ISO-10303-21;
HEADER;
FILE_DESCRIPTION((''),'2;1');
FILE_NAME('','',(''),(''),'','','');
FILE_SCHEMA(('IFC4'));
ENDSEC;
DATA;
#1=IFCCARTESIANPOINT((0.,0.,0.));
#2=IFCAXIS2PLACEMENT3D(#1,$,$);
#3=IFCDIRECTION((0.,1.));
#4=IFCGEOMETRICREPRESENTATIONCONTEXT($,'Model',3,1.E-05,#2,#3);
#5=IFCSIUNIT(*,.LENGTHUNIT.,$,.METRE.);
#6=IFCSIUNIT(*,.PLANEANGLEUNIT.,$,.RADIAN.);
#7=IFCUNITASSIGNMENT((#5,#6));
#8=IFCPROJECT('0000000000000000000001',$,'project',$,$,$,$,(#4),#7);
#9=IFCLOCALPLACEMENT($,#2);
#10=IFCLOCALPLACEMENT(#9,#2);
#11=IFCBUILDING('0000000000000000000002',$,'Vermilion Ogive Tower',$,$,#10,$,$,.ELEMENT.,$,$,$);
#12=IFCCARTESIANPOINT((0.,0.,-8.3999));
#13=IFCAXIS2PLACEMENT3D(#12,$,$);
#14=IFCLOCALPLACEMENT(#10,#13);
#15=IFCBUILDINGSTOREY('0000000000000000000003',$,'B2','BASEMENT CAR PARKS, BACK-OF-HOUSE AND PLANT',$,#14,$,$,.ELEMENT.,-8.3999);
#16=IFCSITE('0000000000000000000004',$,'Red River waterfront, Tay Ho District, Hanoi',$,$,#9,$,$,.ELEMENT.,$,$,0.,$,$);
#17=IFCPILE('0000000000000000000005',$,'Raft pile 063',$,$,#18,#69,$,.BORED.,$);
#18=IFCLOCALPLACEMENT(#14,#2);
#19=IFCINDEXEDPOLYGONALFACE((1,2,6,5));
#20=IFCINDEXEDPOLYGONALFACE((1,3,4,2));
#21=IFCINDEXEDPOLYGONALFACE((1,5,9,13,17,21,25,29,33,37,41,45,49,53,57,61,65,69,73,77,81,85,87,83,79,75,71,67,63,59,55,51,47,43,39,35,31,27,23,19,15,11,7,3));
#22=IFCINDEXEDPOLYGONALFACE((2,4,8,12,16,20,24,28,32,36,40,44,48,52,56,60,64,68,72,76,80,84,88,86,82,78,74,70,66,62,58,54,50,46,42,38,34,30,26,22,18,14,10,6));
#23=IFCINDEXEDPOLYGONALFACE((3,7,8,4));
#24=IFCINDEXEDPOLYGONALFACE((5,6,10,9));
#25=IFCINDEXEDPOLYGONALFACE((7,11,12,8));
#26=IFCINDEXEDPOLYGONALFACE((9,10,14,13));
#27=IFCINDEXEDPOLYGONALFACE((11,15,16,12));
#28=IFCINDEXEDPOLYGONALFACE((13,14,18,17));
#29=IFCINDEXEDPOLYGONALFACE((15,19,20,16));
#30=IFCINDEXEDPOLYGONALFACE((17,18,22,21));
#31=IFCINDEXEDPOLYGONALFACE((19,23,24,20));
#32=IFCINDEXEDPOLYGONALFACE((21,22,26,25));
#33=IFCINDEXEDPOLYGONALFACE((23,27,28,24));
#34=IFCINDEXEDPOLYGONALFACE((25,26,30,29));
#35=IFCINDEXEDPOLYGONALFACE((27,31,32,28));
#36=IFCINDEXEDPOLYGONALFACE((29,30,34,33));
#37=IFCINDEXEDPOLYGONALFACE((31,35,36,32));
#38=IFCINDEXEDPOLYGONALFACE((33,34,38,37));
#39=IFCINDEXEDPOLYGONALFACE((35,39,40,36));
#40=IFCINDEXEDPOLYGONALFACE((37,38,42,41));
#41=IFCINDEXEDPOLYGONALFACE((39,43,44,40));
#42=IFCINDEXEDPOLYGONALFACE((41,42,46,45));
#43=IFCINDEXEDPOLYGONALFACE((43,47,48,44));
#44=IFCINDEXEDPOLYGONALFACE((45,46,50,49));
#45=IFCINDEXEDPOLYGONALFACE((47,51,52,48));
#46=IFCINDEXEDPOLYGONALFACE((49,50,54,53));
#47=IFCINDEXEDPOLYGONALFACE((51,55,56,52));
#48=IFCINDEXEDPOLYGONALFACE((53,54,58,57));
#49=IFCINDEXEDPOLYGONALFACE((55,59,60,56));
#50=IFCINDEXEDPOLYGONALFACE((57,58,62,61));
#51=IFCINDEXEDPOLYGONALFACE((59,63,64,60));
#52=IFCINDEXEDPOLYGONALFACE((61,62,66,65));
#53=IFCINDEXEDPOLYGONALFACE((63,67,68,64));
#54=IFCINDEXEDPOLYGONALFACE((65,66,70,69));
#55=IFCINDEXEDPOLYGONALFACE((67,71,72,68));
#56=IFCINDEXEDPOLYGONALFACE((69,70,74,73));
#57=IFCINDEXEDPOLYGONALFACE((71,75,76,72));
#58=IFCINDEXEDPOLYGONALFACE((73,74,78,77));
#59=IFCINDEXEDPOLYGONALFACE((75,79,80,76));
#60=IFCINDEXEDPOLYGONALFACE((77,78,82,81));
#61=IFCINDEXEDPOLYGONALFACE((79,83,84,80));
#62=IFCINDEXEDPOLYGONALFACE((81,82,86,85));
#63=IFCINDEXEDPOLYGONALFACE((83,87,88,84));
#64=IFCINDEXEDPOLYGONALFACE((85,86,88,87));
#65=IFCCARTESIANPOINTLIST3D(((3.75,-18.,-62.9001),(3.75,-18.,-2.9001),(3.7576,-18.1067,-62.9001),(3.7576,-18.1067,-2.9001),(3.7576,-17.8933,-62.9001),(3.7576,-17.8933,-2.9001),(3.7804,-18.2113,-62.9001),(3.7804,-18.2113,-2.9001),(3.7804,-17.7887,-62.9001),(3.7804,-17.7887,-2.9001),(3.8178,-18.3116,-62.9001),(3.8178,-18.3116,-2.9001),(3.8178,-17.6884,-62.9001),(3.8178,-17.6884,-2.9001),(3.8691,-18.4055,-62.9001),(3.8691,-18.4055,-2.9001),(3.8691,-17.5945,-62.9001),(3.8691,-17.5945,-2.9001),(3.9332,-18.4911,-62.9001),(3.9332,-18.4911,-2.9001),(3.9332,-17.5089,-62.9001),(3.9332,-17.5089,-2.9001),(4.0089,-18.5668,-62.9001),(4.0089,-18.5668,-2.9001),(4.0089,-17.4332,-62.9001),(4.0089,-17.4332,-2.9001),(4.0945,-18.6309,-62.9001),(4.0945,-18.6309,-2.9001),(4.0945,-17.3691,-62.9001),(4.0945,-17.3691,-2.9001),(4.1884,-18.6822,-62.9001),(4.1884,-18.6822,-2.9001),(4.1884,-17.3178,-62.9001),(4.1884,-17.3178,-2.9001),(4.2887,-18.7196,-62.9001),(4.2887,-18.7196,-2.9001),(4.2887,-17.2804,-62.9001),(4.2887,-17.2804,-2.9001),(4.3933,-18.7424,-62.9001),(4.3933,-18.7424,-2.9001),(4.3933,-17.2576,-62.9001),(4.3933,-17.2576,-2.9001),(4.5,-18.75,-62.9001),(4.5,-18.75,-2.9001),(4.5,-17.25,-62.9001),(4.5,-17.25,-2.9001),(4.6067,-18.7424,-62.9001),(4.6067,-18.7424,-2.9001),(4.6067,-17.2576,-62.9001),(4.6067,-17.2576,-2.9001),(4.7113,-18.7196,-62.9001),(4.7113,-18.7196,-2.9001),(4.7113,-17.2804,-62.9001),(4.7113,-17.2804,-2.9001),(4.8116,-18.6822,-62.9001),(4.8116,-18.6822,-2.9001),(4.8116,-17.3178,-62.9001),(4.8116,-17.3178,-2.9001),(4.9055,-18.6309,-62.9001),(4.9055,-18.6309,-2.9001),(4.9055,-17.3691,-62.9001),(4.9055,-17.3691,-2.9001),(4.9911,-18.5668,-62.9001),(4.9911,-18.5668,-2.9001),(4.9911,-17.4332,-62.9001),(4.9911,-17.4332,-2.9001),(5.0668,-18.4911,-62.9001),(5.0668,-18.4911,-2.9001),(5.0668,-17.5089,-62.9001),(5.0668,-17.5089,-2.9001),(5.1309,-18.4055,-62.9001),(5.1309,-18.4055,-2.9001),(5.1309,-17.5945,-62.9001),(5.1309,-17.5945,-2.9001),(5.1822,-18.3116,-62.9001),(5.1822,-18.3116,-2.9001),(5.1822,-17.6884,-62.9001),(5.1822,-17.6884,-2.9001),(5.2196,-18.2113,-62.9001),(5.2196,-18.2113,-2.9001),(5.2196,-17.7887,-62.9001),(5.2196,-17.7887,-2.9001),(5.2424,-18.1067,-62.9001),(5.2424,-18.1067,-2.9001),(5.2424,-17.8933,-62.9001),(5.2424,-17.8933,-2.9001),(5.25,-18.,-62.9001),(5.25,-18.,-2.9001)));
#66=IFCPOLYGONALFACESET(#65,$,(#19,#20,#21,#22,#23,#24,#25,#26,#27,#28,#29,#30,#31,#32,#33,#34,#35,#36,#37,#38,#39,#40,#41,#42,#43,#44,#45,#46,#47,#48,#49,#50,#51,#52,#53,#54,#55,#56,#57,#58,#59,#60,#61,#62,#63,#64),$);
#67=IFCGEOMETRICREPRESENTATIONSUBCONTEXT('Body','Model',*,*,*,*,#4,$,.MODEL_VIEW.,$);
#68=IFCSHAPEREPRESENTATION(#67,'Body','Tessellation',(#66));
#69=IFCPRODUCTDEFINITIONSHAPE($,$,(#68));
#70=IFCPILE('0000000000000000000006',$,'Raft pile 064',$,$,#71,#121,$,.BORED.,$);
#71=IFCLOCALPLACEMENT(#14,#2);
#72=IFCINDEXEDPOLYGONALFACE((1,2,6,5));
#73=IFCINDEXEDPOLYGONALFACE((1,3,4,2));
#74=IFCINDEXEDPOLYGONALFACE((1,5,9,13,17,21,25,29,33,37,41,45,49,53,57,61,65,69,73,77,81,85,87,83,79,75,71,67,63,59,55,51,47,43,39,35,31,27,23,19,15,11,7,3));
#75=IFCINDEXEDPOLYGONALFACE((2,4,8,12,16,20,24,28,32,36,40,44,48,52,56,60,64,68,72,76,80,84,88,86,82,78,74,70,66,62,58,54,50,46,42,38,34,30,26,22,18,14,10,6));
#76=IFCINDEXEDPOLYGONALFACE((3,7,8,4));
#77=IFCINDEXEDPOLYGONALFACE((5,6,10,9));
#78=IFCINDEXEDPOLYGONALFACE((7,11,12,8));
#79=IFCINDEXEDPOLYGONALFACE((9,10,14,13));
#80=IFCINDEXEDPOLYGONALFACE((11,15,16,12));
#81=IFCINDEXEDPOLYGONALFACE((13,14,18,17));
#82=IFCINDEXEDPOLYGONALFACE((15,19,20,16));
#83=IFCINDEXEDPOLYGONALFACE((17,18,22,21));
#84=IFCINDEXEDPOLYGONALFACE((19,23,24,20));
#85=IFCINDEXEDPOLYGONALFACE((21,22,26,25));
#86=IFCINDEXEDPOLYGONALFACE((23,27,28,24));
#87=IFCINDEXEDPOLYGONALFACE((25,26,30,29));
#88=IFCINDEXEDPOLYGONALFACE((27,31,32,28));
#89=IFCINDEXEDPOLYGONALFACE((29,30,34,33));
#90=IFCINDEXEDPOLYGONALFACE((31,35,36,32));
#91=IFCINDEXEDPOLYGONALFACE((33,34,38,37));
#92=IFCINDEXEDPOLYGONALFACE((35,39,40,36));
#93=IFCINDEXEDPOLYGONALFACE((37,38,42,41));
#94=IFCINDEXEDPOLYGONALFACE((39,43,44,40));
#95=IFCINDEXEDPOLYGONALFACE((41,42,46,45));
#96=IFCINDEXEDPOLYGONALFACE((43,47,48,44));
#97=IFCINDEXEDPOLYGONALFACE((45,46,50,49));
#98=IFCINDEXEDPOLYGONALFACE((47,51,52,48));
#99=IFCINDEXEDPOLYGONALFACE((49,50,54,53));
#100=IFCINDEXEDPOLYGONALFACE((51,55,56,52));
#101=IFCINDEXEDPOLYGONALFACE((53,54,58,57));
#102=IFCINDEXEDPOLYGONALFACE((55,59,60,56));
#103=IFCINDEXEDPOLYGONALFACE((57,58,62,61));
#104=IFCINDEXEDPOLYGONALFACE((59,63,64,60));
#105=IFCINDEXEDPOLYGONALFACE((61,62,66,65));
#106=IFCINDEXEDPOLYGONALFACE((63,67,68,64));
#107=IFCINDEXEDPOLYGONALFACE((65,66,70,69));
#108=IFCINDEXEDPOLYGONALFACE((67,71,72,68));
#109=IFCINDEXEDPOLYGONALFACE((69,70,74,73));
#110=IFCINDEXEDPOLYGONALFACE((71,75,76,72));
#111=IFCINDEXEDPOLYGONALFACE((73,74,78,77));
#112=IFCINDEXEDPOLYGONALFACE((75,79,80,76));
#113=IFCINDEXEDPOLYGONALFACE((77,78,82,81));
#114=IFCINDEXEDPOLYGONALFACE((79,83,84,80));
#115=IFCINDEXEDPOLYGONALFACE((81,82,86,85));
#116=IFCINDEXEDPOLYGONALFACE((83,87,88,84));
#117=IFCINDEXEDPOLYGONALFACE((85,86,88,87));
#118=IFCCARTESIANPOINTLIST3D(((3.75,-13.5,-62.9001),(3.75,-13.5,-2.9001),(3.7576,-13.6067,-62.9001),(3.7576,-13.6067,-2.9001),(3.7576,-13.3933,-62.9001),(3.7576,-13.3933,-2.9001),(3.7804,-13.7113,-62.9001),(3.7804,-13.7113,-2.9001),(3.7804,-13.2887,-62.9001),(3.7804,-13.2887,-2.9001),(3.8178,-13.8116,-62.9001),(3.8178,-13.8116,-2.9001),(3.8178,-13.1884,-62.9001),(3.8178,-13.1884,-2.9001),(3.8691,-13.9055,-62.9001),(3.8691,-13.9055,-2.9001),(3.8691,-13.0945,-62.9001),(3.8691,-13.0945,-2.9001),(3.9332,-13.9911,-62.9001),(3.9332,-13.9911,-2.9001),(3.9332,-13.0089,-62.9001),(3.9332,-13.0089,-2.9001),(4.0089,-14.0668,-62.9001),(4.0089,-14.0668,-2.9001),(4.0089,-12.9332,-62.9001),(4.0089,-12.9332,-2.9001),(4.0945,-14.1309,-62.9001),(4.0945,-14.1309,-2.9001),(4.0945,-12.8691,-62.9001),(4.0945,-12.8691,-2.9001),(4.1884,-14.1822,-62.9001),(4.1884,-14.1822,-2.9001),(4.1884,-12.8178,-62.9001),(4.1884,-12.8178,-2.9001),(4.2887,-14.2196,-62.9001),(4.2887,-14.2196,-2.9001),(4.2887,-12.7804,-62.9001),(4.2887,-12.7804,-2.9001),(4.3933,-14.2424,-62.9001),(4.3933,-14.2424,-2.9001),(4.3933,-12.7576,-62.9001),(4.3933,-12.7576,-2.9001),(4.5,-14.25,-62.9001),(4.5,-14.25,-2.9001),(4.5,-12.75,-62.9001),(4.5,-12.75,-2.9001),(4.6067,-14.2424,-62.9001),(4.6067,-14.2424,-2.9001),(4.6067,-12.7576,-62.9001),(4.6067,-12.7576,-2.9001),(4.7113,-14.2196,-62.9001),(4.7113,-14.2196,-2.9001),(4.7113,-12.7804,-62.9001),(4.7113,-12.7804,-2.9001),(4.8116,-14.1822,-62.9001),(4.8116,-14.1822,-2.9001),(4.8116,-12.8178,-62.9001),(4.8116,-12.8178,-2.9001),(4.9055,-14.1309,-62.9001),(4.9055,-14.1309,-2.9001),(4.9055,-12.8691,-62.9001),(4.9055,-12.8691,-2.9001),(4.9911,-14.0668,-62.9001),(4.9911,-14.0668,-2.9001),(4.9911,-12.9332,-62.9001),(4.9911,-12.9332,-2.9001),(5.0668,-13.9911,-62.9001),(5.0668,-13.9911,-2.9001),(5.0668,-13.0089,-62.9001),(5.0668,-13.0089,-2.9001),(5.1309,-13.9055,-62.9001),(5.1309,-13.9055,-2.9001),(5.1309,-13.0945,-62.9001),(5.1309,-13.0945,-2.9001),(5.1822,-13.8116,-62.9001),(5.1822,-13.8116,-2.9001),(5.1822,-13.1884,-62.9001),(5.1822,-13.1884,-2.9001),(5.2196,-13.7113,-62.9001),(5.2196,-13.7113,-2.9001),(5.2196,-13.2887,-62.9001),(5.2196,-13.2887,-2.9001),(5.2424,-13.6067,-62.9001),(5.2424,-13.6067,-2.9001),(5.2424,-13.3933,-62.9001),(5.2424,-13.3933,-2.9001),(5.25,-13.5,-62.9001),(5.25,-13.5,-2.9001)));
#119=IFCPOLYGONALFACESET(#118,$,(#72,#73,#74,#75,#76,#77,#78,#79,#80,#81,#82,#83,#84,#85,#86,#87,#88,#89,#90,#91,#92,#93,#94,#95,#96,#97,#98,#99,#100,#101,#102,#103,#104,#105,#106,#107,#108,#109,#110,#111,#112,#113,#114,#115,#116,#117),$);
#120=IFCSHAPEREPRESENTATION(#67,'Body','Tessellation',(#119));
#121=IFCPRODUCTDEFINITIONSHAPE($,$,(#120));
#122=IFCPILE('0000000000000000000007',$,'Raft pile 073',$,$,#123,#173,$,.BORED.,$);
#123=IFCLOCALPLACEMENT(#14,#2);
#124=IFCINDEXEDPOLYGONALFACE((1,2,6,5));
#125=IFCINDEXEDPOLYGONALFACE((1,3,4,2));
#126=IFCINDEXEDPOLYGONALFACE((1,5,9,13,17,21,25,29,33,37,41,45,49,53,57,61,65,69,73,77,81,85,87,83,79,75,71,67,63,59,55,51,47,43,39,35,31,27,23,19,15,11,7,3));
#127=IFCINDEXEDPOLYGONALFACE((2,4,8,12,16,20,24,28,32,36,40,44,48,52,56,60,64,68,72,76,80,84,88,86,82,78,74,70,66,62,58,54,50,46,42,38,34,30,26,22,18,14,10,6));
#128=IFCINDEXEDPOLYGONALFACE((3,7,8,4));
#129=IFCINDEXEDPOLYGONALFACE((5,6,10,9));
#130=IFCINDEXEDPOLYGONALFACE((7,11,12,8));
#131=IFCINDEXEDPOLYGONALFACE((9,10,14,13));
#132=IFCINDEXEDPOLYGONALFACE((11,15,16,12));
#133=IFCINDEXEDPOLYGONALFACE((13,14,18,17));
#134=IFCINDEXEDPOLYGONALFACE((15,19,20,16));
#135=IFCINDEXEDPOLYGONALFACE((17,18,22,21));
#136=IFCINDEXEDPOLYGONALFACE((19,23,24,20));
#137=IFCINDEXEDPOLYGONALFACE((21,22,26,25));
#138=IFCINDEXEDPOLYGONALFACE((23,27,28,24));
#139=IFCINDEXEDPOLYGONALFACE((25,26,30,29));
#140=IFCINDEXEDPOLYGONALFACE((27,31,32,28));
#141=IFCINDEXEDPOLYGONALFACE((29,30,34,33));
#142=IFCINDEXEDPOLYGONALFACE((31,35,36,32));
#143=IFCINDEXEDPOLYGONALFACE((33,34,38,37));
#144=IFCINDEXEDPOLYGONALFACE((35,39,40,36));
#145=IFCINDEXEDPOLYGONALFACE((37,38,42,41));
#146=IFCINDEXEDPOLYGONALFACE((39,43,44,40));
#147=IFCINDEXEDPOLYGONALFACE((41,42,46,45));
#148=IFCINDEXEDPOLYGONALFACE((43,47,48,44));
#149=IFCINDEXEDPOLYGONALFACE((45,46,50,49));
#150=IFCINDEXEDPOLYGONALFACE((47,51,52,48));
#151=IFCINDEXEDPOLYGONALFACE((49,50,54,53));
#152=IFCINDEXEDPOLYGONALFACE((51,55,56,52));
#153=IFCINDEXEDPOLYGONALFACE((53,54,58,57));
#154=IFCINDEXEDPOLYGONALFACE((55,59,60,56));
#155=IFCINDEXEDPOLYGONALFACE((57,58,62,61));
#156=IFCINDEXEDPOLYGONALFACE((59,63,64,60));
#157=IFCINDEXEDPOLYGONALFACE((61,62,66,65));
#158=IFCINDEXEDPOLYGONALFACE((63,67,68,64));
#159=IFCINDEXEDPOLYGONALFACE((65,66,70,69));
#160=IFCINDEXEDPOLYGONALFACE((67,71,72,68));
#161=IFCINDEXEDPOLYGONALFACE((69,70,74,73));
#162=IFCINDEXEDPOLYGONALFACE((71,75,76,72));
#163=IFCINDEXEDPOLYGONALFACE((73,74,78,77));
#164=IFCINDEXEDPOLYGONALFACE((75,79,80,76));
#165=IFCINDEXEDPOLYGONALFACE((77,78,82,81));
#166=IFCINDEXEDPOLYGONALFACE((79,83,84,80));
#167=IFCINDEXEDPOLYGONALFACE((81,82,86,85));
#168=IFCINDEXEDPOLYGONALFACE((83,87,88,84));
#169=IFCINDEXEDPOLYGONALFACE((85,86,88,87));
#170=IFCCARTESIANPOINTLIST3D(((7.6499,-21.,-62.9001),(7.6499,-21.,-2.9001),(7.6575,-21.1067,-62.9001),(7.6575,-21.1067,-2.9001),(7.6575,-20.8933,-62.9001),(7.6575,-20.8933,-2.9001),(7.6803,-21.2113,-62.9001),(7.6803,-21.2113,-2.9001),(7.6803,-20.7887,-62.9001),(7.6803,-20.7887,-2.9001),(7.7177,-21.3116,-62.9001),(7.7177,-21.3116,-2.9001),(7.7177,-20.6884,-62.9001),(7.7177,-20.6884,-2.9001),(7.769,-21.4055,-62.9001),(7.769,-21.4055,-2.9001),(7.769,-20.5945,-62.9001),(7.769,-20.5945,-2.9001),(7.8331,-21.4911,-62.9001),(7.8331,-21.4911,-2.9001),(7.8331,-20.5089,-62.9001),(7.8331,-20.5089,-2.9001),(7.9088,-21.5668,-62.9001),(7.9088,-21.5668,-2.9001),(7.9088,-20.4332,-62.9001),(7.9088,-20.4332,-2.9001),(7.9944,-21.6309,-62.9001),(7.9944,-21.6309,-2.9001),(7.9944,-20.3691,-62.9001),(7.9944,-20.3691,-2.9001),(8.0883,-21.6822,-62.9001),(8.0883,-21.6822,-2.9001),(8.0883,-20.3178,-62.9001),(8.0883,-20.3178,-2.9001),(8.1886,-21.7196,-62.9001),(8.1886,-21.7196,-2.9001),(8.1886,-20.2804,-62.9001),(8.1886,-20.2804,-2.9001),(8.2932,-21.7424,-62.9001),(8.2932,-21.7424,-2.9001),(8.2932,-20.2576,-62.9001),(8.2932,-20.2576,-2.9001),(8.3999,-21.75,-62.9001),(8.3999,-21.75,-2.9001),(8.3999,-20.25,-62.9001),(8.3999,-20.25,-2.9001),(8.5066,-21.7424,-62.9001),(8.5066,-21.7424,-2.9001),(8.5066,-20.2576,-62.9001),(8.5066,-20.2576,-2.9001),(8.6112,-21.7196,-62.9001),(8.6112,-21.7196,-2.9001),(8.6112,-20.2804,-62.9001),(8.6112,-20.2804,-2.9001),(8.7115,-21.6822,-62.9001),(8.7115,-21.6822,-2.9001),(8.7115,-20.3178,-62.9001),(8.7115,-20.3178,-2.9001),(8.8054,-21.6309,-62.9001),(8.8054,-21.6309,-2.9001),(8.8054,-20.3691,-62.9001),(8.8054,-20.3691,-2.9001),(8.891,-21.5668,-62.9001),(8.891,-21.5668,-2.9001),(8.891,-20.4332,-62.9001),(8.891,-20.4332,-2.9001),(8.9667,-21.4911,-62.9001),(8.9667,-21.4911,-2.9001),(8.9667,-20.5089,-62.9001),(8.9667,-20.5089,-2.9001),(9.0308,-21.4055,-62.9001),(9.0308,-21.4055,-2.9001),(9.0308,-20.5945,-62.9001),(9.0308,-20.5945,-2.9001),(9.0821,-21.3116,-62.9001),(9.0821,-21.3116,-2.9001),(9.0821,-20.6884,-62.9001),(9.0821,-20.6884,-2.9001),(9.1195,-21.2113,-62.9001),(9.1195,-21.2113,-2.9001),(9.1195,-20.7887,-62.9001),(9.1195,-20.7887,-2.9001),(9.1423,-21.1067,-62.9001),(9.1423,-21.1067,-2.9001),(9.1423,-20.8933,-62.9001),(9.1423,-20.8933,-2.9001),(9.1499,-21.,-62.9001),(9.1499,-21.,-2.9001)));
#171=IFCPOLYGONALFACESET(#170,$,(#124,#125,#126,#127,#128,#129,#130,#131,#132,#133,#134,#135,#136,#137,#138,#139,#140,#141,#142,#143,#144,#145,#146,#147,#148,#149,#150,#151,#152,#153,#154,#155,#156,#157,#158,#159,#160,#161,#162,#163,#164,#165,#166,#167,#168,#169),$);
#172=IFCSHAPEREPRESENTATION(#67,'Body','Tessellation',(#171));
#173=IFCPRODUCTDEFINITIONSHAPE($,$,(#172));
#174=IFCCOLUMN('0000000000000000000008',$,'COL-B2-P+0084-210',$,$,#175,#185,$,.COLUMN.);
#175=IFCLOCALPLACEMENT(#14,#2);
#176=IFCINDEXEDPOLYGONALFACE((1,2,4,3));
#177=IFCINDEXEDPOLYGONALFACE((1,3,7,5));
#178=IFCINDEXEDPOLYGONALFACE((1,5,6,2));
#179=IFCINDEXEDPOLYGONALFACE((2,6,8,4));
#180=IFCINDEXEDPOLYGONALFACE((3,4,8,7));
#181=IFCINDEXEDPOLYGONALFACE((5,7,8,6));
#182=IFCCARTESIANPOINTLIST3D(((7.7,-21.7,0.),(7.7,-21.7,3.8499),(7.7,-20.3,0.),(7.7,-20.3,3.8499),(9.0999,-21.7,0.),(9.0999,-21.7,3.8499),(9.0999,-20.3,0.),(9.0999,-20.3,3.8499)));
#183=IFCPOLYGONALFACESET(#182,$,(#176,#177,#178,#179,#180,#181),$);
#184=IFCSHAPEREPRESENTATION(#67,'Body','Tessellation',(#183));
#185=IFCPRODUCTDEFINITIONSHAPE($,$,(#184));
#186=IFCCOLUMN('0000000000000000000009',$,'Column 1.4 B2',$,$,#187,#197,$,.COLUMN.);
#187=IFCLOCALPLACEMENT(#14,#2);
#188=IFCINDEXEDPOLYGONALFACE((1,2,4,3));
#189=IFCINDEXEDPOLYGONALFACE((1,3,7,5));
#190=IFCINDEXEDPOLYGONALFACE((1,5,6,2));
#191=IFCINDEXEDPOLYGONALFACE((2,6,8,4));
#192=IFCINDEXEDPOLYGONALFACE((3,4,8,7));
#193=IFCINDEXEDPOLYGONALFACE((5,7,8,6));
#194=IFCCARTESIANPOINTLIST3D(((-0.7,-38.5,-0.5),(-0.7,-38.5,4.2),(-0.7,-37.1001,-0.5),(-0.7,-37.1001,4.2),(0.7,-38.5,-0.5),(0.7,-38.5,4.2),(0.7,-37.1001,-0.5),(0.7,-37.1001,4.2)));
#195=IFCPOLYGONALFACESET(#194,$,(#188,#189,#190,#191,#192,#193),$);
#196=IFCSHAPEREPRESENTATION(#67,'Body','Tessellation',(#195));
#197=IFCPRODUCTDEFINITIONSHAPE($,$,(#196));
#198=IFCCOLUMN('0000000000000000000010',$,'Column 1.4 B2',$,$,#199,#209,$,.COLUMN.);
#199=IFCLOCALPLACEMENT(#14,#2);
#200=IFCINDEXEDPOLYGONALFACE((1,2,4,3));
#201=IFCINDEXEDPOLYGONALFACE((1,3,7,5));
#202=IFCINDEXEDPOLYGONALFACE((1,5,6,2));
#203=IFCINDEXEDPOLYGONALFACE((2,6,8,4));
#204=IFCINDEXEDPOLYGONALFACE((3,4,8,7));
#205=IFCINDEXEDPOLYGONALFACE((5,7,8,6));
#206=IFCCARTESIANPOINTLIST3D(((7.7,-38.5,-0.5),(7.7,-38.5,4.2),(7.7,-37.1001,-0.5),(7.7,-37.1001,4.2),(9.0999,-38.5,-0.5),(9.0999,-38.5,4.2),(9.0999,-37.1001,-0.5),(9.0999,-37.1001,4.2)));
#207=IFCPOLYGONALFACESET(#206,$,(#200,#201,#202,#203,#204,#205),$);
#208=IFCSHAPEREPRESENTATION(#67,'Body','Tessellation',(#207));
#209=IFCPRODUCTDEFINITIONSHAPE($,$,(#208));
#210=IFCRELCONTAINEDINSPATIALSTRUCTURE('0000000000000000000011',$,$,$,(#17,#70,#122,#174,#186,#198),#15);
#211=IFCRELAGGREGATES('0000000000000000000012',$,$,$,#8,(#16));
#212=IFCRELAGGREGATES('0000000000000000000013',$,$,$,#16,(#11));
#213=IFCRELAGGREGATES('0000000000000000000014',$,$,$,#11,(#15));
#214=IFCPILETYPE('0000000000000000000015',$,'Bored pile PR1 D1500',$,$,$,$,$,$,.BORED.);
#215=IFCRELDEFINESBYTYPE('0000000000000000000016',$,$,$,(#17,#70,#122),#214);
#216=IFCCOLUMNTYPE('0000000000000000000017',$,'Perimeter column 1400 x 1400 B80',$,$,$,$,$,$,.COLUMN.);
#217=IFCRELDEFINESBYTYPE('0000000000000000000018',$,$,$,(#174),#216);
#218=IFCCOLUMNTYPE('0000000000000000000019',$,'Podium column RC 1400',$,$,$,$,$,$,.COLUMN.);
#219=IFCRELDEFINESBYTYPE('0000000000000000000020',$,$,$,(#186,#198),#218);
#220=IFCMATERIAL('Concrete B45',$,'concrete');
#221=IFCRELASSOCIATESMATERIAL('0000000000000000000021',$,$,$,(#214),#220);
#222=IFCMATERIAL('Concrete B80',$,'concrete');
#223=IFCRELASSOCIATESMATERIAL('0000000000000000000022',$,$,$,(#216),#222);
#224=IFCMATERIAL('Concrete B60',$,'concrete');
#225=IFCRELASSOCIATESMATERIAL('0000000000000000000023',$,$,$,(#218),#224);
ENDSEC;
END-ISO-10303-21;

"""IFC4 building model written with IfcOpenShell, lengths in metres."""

from ifc_helpers import new_model, si_unit, direction, frame, origin, origin_2d, place, context, subcontext, project, spatial, rectangle, circle, extrude, material, material_profile, profile_set, type_object, element, save


model = new_model("IFC4")

# Units and contexts
model_context = context("Model", 3, precision=1e-05, world=origin(), true_north=direction((0.0, 1.0)))
body_context = subcontext(model_context, "Body", "Model", "MODEL_VIEW")
ifc_project = project(units=[si_unit("LENGTHUNIT", "METRE"), si_unit("PLANEANGLEUNIT", "RADIAN")], contexts=[model_context])

# Site, building, storey
site_placement = place(None, origin())
site = spatial("IfcSite", under=ifc_project, at=site_placement, Name="Red River waterfront, Tay Ho District, Hanoi", CompositionType="ELEMENT", RefElevation=0.0)
building_placement = place(site_placement, origin())
building = spatial("IfcBuilding", under=site, at=building_placement, Name="Vermilion Ogive Tower", CompositionType="ELEMENT")
storey_placement = place(building_placement, frame((0.0, 0.0, -8.3999)))
storey = spatial("IfcBuildingStorey", under=building, at=storey_placement, Name="B2", Description="BASEMENT CAR PARKS, BACK-OF-HOUSE AND PLANT", CompositionType="ELEMENT", Elevation=-8.3999)

# Piles
ifc_material_1 = material(Name="Concrete B45", Category="concrete")
pile_type_1 = type_object("IfcPileType", Name="Bored pile PR1 D1500", PredefinedType="BORED", material=ifc_material_1)
for number, where, z_axis, x_axis, name in (
    (1, (4.5, -18.0, -2.9001), (0.0, 0.0, -1.0), (1.0, 0.0, 0.0), "Raft pile 063"),
    (2, (4.5, -13.5, -2.9001), (0.0, 0.0, -1.0), (1.0, 0.0, 0.0), "Raft pile 064"),
    (3, (8.3999, -21.0, -2.9001), (0.0, 0.0, -1.0), (1.0, 0.0, 0.0), "Raft pile 073"),
):
    element("IfcPile", number, at=place(storey_placement, frame(where, z_axis=z_axis, x_axis=x_axis)), inside=storey, type_object=pile_type_1, Name=name, PredefinedType="BORED", context=body_context, shape_type="SweptSolid", body=[
        extrude(circle(Radius=0.75, at=origin_2d()), origin(), (0.0, 0.0, 1.0), 60.0),
    ])

# Columns
ifc_material_2 = material(Name="Concrete B80", Category="concrete")
ifc_material_profile_1 = material_profile(ifc_material_2, rectangle(XDim=1.3999, YDim=1.3999, at=origin_2d()), Name="1400 x 1400")
ifc_profile_set_1 = profile_set([ifc_material_profile_1], Name="Concrete B80")
column_type_1 = type_object("IfcColumnType", Name="Perimeter column 1400 x 1400 B80", PredefinedType="COLUMN", material=ifc_profile_set_1)
column_placement = place(storey_placement, frame((8.3999, -21.0, 0.0), z_axis=(0.0, 0.0, 1.0), x_axis=(1.0, 0.0, 0.0)))
element("IfcColumn", 4, at=column_placement, inside=storey, type_object=column_type_1, Name="COL-B2-P+0084-210", PredefinedType="COLUMN", context=body_context, shape_type="SweptSolid", body=[
    extrude(rectangle(XDim=1.3999, YDim=1.3999, at=origin_2d()), origin(), (0.0, 0.0, 1.0), 3.8499),
])
ifc_material_3 = material(Name="Concrete B60", Category="concrete")
ifc_material_profile_2 = material_profile(ifc_material_3, rectangle(XDim=1.3999, YDim=1.3999, at=origin_2d()), Name="RC 1400x1400")
ifc_profile_set_2 = profile_set([ifc_material_profile_2], Name="Concrete B60")
column_type_2 = type_object("IfcColumnType", Name="Podium column RC 1400", PredefinedType="COLUMN", material=ifc_profile_set_2)
for number, where, z_axis, x_axis, name in (
    (5, (0.0, -37.8, -0.5), (0.0, 0.0, 1.0), (1.0, 0.0, 0.0), "Column 1.4 B2"),
    (6, (8.3999, -37.8, -0.5), (0.0, 0.0, 1.0), (1.0, 0.0, 0.0), "Column 1.4 B2"),
):
    element("IfcColumn", number, at=place(storey_placement, frame(where, z_axis=z_axis, x_axis=x_axis)), inside=storey, type_object=column_type_2, Name=name, PredefinedType="COLUMN", context=body_context, shape_type="SweptSolid", body=[
        extrude(rectangle(XDim=1.3999, YDim=1.3999, at=origin_2d()), origin(), (0.0, 0.0, 1.0), 4.7),
    ])

save(model, "model.ifc")
